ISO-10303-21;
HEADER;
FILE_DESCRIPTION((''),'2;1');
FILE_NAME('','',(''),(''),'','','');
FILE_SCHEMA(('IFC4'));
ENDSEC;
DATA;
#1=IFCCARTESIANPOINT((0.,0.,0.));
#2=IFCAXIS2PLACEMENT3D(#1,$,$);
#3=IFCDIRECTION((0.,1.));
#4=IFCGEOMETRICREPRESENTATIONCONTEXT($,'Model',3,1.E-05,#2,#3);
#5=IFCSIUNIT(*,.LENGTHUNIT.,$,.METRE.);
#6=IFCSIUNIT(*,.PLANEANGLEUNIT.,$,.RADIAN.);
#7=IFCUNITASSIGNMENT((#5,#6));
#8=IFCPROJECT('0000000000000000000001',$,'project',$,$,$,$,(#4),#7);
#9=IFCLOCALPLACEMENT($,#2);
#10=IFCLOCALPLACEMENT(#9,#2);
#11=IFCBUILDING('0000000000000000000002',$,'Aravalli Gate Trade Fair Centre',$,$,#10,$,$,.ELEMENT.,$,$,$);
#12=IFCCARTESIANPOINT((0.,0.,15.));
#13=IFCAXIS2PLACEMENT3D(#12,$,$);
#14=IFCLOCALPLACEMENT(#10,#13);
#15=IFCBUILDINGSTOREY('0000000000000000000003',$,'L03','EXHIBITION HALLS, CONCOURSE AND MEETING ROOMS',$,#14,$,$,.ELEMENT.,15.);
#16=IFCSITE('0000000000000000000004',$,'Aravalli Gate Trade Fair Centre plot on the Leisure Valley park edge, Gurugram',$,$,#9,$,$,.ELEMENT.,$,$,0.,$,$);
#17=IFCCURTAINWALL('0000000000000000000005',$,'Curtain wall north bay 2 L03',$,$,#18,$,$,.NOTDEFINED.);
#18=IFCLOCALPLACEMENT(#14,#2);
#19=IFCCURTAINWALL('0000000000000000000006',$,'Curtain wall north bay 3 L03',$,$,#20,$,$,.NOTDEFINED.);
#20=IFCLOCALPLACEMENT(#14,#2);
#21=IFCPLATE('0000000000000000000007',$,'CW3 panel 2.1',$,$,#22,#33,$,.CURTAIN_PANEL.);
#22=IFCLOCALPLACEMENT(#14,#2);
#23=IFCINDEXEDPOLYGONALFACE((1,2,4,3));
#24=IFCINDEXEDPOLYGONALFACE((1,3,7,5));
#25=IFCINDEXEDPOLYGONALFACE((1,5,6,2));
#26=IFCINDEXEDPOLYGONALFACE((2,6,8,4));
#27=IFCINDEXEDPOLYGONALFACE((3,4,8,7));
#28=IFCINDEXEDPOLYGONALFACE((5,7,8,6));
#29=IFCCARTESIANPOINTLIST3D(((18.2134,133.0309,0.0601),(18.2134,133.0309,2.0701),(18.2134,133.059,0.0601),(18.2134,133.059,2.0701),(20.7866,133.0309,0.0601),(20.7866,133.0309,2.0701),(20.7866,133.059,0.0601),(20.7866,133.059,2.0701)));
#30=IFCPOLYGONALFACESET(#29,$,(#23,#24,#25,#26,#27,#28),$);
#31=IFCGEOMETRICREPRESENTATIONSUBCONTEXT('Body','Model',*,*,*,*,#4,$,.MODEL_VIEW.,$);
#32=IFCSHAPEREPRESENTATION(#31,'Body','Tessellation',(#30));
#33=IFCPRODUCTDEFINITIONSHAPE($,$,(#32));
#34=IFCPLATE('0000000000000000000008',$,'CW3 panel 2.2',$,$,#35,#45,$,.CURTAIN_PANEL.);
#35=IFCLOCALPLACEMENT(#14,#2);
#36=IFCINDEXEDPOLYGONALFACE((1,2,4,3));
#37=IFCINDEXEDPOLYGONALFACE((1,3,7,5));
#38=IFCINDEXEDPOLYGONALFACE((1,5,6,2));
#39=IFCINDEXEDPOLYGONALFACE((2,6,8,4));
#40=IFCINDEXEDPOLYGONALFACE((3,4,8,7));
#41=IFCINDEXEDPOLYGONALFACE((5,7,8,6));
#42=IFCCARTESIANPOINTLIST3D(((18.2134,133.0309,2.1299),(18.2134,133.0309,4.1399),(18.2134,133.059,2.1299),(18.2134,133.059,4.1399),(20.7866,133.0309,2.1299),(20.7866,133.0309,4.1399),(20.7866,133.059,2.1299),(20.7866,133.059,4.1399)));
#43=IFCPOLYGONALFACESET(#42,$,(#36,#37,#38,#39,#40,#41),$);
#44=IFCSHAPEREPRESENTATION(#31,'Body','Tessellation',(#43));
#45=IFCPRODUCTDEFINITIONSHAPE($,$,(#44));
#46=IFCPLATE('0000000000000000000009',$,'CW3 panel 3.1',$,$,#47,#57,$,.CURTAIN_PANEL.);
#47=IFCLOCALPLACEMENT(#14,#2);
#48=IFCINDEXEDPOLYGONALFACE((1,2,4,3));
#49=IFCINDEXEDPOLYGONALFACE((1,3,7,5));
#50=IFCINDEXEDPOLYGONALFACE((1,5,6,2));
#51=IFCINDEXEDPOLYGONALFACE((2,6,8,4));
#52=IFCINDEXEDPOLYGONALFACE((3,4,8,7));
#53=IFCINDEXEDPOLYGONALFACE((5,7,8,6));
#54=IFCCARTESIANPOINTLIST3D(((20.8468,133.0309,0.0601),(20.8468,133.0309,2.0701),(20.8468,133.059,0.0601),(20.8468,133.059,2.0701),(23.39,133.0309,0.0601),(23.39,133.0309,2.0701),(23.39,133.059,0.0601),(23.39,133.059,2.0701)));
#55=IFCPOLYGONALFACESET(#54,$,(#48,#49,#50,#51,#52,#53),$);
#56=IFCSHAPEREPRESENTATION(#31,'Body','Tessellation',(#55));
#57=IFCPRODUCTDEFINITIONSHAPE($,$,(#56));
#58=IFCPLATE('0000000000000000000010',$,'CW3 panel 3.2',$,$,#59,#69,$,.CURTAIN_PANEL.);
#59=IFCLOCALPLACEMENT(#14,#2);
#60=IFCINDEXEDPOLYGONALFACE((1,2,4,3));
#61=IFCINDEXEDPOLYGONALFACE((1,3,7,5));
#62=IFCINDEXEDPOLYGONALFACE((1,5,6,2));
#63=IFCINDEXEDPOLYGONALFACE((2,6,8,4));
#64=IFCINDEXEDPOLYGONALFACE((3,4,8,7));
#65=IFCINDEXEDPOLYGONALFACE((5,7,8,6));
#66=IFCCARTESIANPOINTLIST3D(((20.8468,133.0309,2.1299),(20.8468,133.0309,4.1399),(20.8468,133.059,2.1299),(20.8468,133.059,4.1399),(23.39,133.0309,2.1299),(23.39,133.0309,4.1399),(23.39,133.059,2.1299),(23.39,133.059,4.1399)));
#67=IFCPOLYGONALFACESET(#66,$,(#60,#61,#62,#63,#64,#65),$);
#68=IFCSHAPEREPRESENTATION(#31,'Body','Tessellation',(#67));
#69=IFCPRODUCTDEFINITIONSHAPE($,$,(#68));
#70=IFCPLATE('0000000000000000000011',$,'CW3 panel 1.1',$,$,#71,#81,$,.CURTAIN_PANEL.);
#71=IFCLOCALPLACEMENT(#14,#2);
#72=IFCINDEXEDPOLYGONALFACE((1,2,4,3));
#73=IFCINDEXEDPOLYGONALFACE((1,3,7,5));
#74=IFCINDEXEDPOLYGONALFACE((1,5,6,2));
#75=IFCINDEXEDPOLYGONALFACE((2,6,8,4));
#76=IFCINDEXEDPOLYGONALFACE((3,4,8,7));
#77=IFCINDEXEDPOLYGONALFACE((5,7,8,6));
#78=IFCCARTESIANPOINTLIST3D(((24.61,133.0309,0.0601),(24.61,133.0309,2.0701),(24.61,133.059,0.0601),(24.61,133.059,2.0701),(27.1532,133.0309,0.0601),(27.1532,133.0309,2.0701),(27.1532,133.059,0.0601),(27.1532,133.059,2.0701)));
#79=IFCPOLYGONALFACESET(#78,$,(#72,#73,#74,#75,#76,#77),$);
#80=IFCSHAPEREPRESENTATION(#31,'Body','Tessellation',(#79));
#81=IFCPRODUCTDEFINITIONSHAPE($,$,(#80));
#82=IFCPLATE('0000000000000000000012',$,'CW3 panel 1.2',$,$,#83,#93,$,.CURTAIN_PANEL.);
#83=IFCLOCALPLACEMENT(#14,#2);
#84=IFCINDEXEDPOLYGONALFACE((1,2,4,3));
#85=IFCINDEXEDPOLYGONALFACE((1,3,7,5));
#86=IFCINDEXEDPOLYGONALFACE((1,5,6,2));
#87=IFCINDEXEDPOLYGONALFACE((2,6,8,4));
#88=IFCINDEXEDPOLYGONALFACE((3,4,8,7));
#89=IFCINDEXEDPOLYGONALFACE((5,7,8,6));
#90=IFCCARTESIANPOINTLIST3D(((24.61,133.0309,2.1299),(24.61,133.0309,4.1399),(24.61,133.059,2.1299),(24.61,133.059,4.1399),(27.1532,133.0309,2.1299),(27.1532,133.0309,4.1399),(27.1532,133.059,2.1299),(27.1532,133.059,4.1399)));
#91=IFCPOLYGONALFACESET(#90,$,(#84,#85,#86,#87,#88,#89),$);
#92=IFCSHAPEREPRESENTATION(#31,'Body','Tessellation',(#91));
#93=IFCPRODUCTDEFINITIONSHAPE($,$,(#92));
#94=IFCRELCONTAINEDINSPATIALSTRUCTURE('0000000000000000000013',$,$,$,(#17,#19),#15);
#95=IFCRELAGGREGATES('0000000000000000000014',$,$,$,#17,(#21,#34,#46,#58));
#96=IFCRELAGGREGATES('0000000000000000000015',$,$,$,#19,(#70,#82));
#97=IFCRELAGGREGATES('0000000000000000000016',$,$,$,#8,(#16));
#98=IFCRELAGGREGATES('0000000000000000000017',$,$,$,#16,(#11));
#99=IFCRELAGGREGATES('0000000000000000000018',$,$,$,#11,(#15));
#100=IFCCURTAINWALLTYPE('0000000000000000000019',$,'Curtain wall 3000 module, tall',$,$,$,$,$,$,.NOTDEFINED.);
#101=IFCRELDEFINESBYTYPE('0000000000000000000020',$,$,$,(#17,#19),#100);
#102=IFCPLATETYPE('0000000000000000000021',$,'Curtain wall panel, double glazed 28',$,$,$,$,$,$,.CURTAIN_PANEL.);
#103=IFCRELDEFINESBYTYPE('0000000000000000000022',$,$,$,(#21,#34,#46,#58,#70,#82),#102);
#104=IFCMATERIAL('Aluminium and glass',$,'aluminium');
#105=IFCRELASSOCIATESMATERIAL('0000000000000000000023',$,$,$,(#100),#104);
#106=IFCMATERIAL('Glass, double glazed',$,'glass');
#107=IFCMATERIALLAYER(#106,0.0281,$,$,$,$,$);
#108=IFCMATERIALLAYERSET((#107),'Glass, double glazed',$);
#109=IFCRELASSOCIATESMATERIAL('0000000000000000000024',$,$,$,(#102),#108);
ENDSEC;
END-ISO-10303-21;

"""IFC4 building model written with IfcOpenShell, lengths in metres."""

from ifc_helpers import new_model, si_unit, direction, frame, origin, origin_2d, place, context, subcontext, project, spatial, rectangle, extrude, material, layer, layer_set, type_object, element, aggregate, save


model = new_model("IFC4")

# Units and contexts
model_context = context("Model", 3, precision=1e-05, world=origin(), true_north=direction((0.0, 1.0)))
body_context = subcontext(model_context, "Body", "Model", "MODEL_VIEW")
ifc_project = project(units=[si_unit("LENGTHUNIT", "METRE"), si_unit("PLANEANGLEUNIT", "RADIAN")], contexts=[model_context])

# Site, building, storey
site_placement = place(None, origin())
site = spatial("IfcSite", under=ifc_project, at=site_placement, Name="Aravalli Gate Trade Fair Centre plot on the Leisure Valley park edge, Gurugram", CompositionType="ELEMENT", RefElevation=0.0)
building_placement = place(site_placement, origin())
building = spatial("IfcBuilding", under=site, at=building_placement, Name="Aravalli Gate Trade Fair Centre", CompositionType="ELEMENT")
storey_placement = place(building_placement, frame((0.0, 0.0, 15.0)))
storey = spatial("IfcBuildingStorey", under=building, at=storey_placement, Name="L03", Description="EXHIBITION HALLS, CONCOURSE AND MEETING ROOMS", CompositionType="ELEMENT", Elevation=15.0)

# Curtain walls
ifc_material_1 = material(Name="Aluminium and glass", Category="aluminium")
curtain_wall_type = type_object("IfcCurtainWallType", Name="Curtain wall 3000 module, tall", PredefinedType="NOTDEFINED", material=ifc_material_1)
curtain_wall_1_placement = place(storey_placement, origin())
curtain_wall_1 = element("IfcCurtainWall", 1, at=curtain_wall_1_placement, inside=storey, type_object=curtain_wall_type, Name="Curtain wall north bay 2 L03", PredefinedType="NOTDEFINED")
curtain_wall_2_placement = place(storey_placement, origin())
curtain_wall_2 = element("IfcCurtainWall", 2, at=curtain_wall_2_placement, inside=storey, type_object=curtain_wall_type, Name="Curtain wall north bay 3 L03", PredefinedType="NOTDEFINED")

# Plates
ifc_material_2 = material(Name="Glass, double glazed", Category="glass")
ifc_layer = layer(ifc_material_2, 0.0281)
ifc_layer_set = layer_set([ifc_layer], Name="Glass, double glazed")
plate_type = type_object("IfcPlateType", Name="Curtain wall panel, double glazed 28", PredefinedType="CURTAIN_PANEL", material=ifc_layer_set)
plate_1_placement = place(storey_placement, frame((19.5, 133.0449, 0.0601), z_axis=(0.0, 0.0, 1.0), x_axis=(1.0, 0.0, 0.0)))
plate_1 = element("IfcPlate", 3, at=plate_1_placement, type_object=plate_type, Name="CW3 panel 2.1", PredefinedType="CURTAIN_PANEL", context=body_context, shape_type="SweptSolid", body=[
    extrude(rectangle(XDim=2.5732, YDim=0.0281, at=origin_2d()), origin(), (0.0, 0.0, 1.0), 2.01),
])
plate_2_placement = place(storey_placement, frame((19.5, 133.0449, 2.1299), z_axis=(0.0, 0.0, 1.0), x_axis=(1.0, 0.0, 0.0)))
plate_2 = element("IfcPlate", 4, at=plate_2_placement, type_object=plate_type, Name="CW3 panel 2.2", PredefinedType="CURTAIN_PANEL", context=body_context, shape_type="SweptSolid", body=[
    extrude(rectangle(XDim=2.5732, YDim=0.0281, at=origin_2d()), origin(), (0.0, 0.0, 1.0), 2.01),
])
plate_3_placement = place(storey_placement, frame((22.1184, 133.0449, 0.0601), z_axis=(0.0, 0.0, 1.0), x_axis=(1.0, 0.0, 0.0)))
plate_3 = element("IfcPlate", 5, at=plate_3_placement, type_object=plate_type, Name="CW3 panel 3.1", PredefinedType="CURTAIN_PANEL", context=body_context, shape_type="SweptSolid", body=[
    extrude(rectangle(XDim=2.5432, YDim=0.0281, at=origin_2d()), origin(), (0.0, 0.0, 1.0), 2.01),
])
plate_4_placement = place(storey_placement, frame((22.1184, 133.0449, 2.1299), z_axis=(0.0, 0.0, 1.0), x_axis=(1.0, 0.0, 0.0)))
plate_4 = element("IfcPlate", 6, at=plate_4_placement, type_object=plate_type, Name="CW3 panel 3.2", PredefinedType="CURTAIN_PANEL", context=body_context, shape_type="SweptSolid", body=[
    extrude(rectangle(XDim=2.5432, YDim=0.0281, at=origin_2d()), origin(), (0.0, 0.0, 1.0), 2.01),
])
aggregate(curtain_wall_1, [plate_1, plate_2, plate_3, plate_4])
plate_5_placement = place(storey_placement, frame((25.8816, 133.0449, 0.0601), z_axis=(0.0, 0.0, 1.0), x_axis=(1.0, 0.0, 0.0)))
plate_5 = element("IfcPlate", 7, at=plate_5_placement, type_object=plate_type, Name="CW3 panel 1.1", PredefinedType="CURTAIN_PANEL", context=body_context, shape_type="SweptSolid", body=[
    extrude(rectangle(XDim=2.5432, YDim=0.0281, at=origin_2d()), origin(), (0.0, 0.0, 1.0), 2.01),
])
plate_6_placement = place(storey_placement, frame((25.8816, 133.0449, 2.1299), z_axis=(0.0, 0.0, 1.0), x_axis=(1.0, 0.0, 0.0)))
plate_6 = element("IfcPlate", 8, at=plate_6_placement, type_object=plate_type, Name="CW3 panel 1.2", PredefinedType="CURTAIN_PANEL", context=body_context, shape_type="SweptSolid", body=[
    extrude(rectangle(XDim=2.5432, YDim=0.0281, at=origin_2d()), origin(), (0.0, 0.0, 1.0), 2.01),
])
aggregate(curtain_wall_2, [plate_5, plate_6])

save(model, "model.ifc")
